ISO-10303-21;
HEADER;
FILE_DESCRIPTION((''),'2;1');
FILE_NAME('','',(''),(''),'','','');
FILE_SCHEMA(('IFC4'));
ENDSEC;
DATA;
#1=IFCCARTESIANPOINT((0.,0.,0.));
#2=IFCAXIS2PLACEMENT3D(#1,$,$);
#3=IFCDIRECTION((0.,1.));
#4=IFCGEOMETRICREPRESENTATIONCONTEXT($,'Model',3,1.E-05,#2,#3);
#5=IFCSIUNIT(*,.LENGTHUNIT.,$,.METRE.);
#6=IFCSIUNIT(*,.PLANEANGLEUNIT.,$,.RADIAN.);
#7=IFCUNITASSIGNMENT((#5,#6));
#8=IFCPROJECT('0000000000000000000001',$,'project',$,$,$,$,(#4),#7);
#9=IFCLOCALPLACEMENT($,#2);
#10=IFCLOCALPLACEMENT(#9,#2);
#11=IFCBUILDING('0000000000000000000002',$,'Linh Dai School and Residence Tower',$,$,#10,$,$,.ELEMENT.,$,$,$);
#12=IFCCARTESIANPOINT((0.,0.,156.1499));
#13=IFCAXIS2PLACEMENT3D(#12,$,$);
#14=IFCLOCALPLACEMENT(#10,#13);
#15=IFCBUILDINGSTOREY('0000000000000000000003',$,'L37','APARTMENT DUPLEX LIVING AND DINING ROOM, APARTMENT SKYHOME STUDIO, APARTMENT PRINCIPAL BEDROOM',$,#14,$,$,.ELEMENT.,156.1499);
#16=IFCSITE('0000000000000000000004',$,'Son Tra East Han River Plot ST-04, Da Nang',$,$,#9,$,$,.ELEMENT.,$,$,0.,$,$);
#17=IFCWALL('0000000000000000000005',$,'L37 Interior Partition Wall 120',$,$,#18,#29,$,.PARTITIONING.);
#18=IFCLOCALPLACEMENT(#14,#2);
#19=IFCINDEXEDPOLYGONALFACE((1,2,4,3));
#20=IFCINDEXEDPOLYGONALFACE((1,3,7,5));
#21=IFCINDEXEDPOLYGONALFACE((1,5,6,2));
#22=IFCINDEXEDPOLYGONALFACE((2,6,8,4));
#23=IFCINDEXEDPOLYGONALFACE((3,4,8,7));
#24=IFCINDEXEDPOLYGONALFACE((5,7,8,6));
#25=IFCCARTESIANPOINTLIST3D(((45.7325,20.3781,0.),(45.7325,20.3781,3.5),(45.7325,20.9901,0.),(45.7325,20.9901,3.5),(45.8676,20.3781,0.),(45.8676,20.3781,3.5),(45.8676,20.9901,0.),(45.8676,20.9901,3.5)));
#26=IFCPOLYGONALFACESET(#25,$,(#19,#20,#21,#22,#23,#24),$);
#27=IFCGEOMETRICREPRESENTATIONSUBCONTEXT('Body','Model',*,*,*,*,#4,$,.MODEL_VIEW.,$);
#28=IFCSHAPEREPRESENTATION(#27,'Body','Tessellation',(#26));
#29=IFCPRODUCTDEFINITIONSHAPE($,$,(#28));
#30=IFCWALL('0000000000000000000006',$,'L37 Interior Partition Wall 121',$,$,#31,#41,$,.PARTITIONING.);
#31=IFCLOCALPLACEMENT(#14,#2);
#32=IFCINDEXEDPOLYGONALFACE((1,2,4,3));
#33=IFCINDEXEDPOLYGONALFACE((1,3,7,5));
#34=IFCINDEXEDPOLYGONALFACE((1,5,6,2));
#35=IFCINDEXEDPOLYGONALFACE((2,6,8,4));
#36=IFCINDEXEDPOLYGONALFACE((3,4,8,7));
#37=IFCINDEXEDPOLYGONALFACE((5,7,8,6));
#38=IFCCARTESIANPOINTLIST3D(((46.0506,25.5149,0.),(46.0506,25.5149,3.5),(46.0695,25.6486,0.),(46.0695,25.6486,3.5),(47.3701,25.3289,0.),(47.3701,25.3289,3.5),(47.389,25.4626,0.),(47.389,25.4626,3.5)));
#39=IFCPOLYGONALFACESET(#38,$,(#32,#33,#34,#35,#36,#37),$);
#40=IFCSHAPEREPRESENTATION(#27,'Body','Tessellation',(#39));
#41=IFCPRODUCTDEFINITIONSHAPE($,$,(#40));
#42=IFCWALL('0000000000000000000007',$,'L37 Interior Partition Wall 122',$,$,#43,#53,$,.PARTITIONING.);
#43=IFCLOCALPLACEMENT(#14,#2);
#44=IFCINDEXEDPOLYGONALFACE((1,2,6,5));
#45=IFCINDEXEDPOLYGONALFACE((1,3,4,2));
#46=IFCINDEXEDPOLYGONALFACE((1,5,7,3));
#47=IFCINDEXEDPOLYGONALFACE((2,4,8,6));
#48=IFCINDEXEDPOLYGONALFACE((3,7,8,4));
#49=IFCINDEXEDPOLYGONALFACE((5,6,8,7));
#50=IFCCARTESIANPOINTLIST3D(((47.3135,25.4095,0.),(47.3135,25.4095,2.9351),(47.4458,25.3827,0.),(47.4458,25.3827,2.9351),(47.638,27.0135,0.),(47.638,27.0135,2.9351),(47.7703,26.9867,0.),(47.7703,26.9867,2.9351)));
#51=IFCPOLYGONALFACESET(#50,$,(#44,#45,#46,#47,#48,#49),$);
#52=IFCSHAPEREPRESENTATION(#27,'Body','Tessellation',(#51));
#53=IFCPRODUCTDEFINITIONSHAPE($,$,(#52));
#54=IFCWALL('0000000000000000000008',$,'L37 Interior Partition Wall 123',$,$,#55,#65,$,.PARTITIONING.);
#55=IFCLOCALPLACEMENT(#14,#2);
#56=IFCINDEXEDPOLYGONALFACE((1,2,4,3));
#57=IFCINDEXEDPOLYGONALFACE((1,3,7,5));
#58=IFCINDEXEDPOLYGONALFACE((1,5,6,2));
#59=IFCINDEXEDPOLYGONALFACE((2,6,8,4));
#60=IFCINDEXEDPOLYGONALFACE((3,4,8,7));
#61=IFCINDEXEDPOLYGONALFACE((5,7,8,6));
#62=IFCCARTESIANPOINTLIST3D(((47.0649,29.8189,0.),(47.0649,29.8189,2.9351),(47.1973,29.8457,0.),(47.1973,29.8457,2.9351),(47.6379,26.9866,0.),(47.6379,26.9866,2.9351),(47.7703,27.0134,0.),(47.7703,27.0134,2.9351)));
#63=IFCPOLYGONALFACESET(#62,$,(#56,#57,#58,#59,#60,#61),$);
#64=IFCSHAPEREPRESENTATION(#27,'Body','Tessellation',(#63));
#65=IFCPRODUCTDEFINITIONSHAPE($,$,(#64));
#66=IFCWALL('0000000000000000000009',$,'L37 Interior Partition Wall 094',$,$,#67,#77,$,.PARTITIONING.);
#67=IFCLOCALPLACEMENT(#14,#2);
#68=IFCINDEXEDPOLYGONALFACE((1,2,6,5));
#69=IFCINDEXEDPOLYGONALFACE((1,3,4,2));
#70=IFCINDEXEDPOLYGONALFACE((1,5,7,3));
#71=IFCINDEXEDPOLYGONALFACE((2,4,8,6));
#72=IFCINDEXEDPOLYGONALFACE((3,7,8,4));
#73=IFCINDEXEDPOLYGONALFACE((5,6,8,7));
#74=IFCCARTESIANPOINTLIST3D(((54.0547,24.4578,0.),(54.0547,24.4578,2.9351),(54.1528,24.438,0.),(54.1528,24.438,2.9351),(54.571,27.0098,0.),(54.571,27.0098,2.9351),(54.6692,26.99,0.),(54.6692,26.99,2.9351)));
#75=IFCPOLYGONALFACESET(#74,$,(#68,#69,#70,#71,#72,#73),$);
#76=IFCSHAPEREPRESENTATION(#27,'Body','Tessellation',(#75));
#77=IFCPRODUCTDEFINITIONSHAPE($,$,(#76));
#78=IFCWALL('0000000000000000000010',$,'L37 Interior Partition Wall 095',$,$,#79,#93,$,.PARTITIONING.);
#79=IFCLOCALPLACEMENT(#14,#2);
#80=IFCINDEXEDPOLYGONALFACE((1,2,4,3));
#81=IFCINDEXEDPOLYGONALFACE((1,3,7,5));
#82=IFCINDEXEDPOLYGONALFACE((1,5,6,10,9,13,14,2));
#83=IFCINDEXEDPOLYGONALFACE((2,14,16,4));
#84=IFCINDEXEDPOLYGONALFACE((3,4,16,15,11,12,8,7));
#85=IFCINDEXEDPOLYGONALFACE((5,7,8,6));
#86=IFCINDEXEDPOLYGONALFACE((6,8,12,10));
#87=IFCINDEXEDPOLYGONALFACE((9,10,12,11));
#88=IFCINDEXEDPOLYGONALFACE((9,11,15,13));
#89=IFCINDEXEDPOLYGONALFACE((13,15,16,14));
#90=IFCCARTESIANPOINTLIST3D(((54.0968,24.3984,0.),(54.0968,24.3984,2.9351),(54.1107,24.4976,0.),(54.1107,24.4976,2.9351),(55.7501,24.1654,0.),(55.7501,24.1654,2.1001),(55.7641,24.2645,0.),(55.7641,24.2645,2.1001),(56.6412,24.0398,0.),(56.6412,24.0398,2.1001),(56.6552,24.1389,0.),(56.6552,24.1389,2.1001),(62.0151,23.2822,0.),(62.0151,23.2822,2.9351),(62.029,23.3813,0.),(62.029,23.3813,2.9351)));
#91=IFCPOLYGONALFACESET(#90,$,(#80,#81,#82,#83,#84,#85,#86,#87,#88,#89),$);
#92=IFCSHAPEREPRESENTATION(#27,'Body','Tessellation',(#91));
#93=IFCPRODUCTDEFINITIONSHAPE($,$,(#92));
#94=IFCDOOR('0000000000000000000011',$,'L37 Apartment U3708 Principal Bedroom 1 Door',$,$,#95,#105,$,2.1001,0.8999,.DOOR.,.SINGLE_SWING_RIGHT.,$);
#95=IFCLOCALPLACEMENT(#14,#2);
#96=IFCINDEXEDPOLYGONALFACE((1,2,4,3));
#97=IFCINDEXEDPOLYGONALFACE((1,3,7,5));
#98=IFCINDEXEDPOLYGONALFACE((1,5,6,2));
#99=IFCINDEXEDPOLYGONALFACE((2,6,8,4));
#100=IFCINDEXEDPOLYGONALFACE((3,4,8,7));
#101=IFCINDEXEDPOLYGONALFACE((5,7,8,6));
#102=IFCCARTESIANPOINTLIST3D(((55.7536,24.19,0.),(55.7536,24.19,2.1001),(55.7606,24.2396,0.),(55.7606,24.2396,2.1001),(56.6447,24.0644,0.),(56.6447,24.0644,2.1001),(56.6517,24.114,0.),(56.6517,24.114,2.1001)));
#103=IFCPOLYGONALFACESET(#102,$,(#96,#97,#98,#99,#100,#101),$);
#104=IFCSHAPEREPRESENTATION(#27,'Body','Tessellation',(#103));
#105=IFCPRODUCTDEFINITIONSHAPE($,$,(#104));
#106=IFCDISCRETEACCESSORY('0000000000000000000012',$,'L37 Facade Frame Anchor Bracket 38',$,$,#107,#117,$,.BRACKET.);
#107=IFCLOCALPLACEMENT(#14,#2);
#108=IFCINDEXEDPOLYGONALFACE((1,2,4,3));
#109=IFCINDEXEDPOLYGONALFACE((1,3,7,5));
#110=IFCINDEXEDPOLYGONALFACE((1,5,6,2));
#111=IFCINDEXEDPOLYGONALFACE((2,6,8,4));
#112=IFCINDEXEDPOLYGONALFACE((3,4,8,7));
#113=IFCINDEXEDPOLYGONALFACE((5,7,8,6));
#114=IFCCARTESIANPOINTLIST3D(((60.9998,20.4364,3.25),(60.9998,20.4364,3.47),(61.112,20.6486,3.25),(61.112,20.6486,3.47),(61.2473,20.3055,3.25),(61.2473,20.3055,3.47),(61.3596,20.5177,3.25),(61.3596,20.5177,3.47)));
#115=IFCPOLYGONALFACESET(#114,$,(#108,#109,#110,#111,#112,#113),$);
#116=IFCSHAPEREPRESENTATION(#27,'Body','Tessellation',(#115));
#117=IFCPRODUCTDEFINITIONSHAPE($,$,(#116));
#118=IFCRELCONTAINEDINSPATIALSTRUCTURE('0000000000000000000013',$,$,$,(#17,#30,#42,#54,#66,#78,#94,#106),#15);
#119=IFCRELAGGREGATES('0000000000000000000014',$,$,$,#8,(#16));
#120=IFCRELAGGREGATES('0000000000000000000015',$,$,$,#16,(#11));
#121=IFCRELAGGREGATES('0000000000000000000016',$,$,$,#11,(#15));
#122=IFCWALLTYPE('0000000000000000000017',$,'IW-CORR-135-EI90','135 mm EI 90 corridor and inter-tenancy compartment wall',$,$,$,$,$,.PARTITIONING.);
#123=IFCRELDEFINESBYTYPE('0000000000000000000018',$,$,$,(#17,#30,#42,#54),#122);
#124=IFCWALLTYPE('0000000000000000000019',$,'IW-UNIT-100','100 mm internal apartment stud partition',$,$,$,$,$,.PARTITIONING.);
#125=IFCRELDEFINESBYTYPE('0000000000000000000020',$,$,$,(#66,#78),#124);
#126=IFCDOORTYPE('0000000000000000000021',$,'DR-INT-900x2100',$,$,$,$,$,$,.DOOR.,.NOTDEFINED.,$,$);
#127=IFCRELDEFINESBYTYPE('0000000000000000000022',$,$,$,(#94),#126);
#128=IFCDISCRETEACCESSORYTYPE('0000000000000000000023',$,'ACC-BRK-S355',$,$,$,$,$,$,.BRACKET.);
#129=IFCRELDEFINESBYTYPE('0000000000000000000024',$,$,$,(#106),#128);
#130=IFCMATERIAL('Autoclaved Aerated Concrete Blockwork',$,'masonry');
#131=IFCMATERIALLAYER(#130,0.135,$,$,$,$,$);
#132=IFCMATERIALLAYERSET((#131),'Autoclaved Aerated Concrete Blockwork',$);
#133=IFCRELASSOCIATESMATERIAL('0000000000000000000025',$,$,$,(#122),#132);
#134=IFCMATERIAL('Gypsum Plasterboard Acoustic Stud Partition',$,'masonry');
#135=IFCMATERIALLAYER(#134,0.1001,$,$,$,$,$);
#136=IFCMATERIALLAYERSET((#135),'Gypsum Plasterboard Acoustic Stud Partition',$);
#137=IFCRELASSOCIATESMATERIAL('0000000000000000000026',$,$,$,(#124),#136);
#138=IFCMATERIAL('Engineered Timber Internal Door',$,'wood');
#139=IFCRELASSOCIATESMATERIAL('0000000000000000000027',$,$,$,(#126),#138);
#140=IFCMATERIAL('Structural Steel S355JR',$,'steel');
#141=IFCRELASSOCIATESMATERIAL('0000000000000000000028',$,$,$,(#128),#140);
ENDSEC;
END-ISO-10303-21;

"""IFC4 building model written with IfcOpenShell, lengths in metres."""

from ifc_helpers import new_model, si_unit, direction, frame, frame_2d, origin, origin_2d, place, context, subcontext, project, spatial, rectangle, extrude, source, transform, mapped, material, layer, layer_set, type_object, element, fill, save


model = new_model("IFC4")

# Units and contexts
model_context = context("Model", 3, precision=1e-05, world=origin(), true_north=direction((0.0, 1.0)))
body_context = subcontext(model_context, "Body", "Model", "MODEL_VIEW")
ifc_project = project(units=[si_unit("LENGTHUNIT", "METRE"), si_unit("PLANEANGLEUNIT", "RADIAN")], contexts=[model_context])

# Site, building, storey
site_placement = place(None, origin())
site = spatial("IfcSite", under=ifc_project, at=site_placement, Name="Son Tra East Han River Plot ST-04, Da Nang", CompositionType="ELEMENT", RefElevation=0.0)
building_placement = place(site_placement, origin())
building = spatial("IfcBuilding", under=site, at=building_placement, Name="Linh Dai School and Residence Tower", CompositionType="ELEMENT")
storey_placement = place(building_placement, frame((0.0, 0.0, 156.1499)))
storey = spatial("IfcBuildingStorey", under=building, at=storey_placement, Name="L37", Description="APARTMENT DUPLEX LIVING AND DINING ROOM, APARTMENT SKYHOME STUDIO, APARTMENT PRINCIPAL BEDROOM", CompositionType="ELEMENT", Elevation=156.1499)

# Shared definitions
ifc_material_1 = material(Name="Structural Steel S355JR", Category="steel")

# Walls
ifc_material_2 = material(Name="Autoclaved Aerated Concrete Blockwork", Category="masonry")
ifc_layer_1 = layer(ifc_material_2, 0.135)
ifc_layer_set_1 = layer_set([ifc_layer_1], Name="Autoclaved Aerated Concrete Blockwork")
wall_type_1 = type_object("IfcWallType", Name="IW-CORR-135-EI90", Description="135 mm EI 90 corridor and inter-tenancy compartment wall", PredefinedType="PARTITIONING", material=ifc_layer_set_1)
wall_1_placement = place(storey_placement, frame((45.8, 20.3779, 0.0), z_axis=(0.0, 0.0, 1.0), x_axis=(0.0, 1.0, 0.0)))
element("IfcWall", 1, at=wall_1_placement, inside=storey, type_object=wall_type_1, Name="L37 Interior Partition Wall 120", PredefinedType="PARTITIONING", context=body_context, shape_type="SweptSolid", body=[
    extrude(rectangle(XDim=0.6121, YDim=0.135, at=frame_2d((0.3062, 0.0))), origin(), (0.0, 0.0, 1.0), 3.5),
])
wall_2_placement = place(storey_placement, frame((46.0601, 25.5818, 0.0), z_axis=(0.0, 0.0, 1.0), x_axis=(0.990208, -0.1396, 0.0)))
element("IfcWall", 2, at=wall_2_placement, inside=storey, type_object=wall_type_1, Name="L37 Interior Partition Wall 121", PredefinedType="PARTITIONING", context=body_context, shape_type="SweptSolid", body=[
    extrude(rectangle(XDim=1.3325, YDim=0.135, at=frame_2d((0.6663, 0.0))), origin(), (0.0, 0.0, 1.0), 3.5),
])
wall_3_placement = place(storey_placement, frame((47.3796, 25.396, 0.0), z_axis=(0.0, 0.0, 1.0), x_axis=(0.198267, 0.980148, 0.0)))
element("IfcWall", 3, at=wall_3_placement, inside=storey, type_object=wall_type_1, Name="L37 Interior Partition Wall 122", PredefinedType="PARTITIONING", context=body_context, shape_type="SweptSolid", body=[
    extrude(rectangle(XDim=1.6365, YDim=0.135, at=frame_2d((0.8184, 0.0))), origin(), (0.0, 0.0, 1.0), 2.9351),
])
wall_4_placement = place(storey_placement, frame((47.7041, 27.0, 0.0), z_axis=(0.0, 0.0, 1.0), x_axis=(-0.198293, 0.980143, 0.0)))
element("IfcWall", 4, at=wall_4_placement, inside=storey, type_object=wall_type_1, Name="L37 Interior Partition Wall 123", PredefinedType="PARTITIONING", context=body_context, shape_type="SweptSolid", body=[
    extrude(rectangle(XDim=2.8896, YDim=0.135, at=frame_2d((1.4448, 0.0))), origin(), (0.0, 0.0, 1.0), 2.9351),
])
ifc_material_3 = material(Name="Gypsum Plasterboard Acoustic Stud Partition", Category="masonry")
ifc_layer_2 = layer(ifc_material_3, 0.1001)
ifc_layer_set_2 = layer_set([ifc_layer_2], Name="Gypsum Plasterboard Acoustic Stud Partition")
wall_type_2 = type_object("IfcWallType", Name="IW-UNIT-100", Description="100 mm internal apartment stud partition", PredefinedType="PARTITIONING", material=ifc_layer_set_2)
wall_5_placement = place(storey_placement, frame((54.1038, 24.448, 0.0), z_axis=(0.0, 0.0, 1.0), x_axis=(0.198316, 0.980138, 0.0)))
element("IfcWall", 5, at=wall_5_placement, inside=storey, type_object=wall_type_2, Name="L37 Interior Partition Wall 094", PredefinedType="PARTITIONING", context=body_context, shape_type="SweptSolid", body=[
    extrude(rectangle(XDim=2.6038, YDim=0.1001, at=frame_2d((1.3018, 0.0))), origin(), (0.0, 0.0, 1.0), 2.9351),
])

# Wall, opening, door
wall_6_placement = place(storey_placement, frame((54.1038, 24.448, 0.0), z_axis=(0.0, 0.0, 1.0), x_axis=(0.99021, -0.139587, 0.0)))
wall_6 = element("IfcWall", 6, at=wall_6_placement, inside=storey, type_object=wall_type_2, Name="L37 Interior Partition Wall 095", PredefinedType="PARTITIONING", context=body_context, shape_type="SweptSolid", body=[
    extrude(rectangle(XDim=7.9966, YDim=0.1001, at=frame_2d((3.9983, 0.0))), origin(), (0.0, 0.0, 1.0), 2.9351),
])
opening_1_placement = place(wall_6_placement, frame((1.6697, 0.0, 0.0)))
opening_1 = element("IfcOpeningElement", 7, at=opening_1_placement, cuts=wall_6, PredefinedType="OPENING", context=body_context, shape_type="SweptSolid", body=[
    extrude(rectangle(XDim=0.8999, YDim=2.1001, at=origin_2d()), frame((0.45, 0.0601, 1.05), z_axis=(0.0, -1.0, 0.0), x_axis=(1.0, 0.0, 0.0)), (0.0, 0.0, 1.0), 0.1201),
])
ifc_material_4 = material(Name="Engineered Timber Internal Door", Category="wood")
door_type_1 = type_object("IfcDoorType", Name="DR-INT-900x2100", OperationType="NOTDEFINED", PredefinedType="DOOR", material=ifc_material_4)
shared_shape_1 = source(origin(), body_context, "Body", "SweptSolid", [
    extrude(rectangle(XDim=0.8999, YDim=2.1001, at=origin_2d()), frame((0.45, 0.0249, 1.05), z_axis=(0.0, -1.0, 0.0), x_axis=(1.0, 0.0, 0.0)), (0.0, 0.0, 1.0), 0.05),
])
door_1_placement = place(opening_1_placement, origin())
door_1 = element("IfcDoor", 8, at=door_1_placement, inside=storey, type_object=door_type_1, Name="L37 Apartment U3708 Principal Bedroom 1 Door", OperationType="SINGLE_SWING_RIGHT", OverallHeight=2.1001, OverallWidth=0.8999, PredefinedType="DOOR", context=body_context, shape_type="MappedRepresentation", body=[
    mapped(shared_shape_1, transform((0.0, 0.0, 0.0), x_axis=(1.0, 0.0, 0.0), y_axis=(0.0, 1.0, 0.0), z_axis=(0.0, 0.0, 1.0), scale=1.0)),
])
fill(opening_1, door_1)

# Discrete accessory
discrete_accessory_type = type_object("IfcDiscreteAccessoryType", Name="ACC-BRK-S355", PredefinedType="BRACKET", material=ifc_material_1)
shared_shape_2 = source(origin(), body_context, "Body", "SweptSolid", [
    extrude(rectangle(XDim=0.28, YDim=0.24, at=origin_2d()), origin(), (0.0, 0.0, 1.0), 0.22),
])
discrete_accessory_placement = place(storey_placement, frame((61.1797, 20.4771, 3.25), z_axis=(0.0, 0.0, 1.0), x_axis=(0.883951, -0.46758, 0.0)))
element("IfcDiscreteAccessory", 9, at=discrete_accessory_placement, inside=storey, type_object=discrete_accessory_type, Name="L37 Facade Frame Anchor Bracket 38", PredefinedType="BRACKET", context=body_context, shape_type="MappedRepresentation", body=[
    mapped(shared_shape_2, transform((0.0, 0.0, 0.0), x_axis=(1.0, 0.0, 0.0), y_axis=(0.0, 1.0, 0.0), z_axis=(0.0, 0.0, 1.0), scale=1.0)),
])

save(model, "model.ifc")
